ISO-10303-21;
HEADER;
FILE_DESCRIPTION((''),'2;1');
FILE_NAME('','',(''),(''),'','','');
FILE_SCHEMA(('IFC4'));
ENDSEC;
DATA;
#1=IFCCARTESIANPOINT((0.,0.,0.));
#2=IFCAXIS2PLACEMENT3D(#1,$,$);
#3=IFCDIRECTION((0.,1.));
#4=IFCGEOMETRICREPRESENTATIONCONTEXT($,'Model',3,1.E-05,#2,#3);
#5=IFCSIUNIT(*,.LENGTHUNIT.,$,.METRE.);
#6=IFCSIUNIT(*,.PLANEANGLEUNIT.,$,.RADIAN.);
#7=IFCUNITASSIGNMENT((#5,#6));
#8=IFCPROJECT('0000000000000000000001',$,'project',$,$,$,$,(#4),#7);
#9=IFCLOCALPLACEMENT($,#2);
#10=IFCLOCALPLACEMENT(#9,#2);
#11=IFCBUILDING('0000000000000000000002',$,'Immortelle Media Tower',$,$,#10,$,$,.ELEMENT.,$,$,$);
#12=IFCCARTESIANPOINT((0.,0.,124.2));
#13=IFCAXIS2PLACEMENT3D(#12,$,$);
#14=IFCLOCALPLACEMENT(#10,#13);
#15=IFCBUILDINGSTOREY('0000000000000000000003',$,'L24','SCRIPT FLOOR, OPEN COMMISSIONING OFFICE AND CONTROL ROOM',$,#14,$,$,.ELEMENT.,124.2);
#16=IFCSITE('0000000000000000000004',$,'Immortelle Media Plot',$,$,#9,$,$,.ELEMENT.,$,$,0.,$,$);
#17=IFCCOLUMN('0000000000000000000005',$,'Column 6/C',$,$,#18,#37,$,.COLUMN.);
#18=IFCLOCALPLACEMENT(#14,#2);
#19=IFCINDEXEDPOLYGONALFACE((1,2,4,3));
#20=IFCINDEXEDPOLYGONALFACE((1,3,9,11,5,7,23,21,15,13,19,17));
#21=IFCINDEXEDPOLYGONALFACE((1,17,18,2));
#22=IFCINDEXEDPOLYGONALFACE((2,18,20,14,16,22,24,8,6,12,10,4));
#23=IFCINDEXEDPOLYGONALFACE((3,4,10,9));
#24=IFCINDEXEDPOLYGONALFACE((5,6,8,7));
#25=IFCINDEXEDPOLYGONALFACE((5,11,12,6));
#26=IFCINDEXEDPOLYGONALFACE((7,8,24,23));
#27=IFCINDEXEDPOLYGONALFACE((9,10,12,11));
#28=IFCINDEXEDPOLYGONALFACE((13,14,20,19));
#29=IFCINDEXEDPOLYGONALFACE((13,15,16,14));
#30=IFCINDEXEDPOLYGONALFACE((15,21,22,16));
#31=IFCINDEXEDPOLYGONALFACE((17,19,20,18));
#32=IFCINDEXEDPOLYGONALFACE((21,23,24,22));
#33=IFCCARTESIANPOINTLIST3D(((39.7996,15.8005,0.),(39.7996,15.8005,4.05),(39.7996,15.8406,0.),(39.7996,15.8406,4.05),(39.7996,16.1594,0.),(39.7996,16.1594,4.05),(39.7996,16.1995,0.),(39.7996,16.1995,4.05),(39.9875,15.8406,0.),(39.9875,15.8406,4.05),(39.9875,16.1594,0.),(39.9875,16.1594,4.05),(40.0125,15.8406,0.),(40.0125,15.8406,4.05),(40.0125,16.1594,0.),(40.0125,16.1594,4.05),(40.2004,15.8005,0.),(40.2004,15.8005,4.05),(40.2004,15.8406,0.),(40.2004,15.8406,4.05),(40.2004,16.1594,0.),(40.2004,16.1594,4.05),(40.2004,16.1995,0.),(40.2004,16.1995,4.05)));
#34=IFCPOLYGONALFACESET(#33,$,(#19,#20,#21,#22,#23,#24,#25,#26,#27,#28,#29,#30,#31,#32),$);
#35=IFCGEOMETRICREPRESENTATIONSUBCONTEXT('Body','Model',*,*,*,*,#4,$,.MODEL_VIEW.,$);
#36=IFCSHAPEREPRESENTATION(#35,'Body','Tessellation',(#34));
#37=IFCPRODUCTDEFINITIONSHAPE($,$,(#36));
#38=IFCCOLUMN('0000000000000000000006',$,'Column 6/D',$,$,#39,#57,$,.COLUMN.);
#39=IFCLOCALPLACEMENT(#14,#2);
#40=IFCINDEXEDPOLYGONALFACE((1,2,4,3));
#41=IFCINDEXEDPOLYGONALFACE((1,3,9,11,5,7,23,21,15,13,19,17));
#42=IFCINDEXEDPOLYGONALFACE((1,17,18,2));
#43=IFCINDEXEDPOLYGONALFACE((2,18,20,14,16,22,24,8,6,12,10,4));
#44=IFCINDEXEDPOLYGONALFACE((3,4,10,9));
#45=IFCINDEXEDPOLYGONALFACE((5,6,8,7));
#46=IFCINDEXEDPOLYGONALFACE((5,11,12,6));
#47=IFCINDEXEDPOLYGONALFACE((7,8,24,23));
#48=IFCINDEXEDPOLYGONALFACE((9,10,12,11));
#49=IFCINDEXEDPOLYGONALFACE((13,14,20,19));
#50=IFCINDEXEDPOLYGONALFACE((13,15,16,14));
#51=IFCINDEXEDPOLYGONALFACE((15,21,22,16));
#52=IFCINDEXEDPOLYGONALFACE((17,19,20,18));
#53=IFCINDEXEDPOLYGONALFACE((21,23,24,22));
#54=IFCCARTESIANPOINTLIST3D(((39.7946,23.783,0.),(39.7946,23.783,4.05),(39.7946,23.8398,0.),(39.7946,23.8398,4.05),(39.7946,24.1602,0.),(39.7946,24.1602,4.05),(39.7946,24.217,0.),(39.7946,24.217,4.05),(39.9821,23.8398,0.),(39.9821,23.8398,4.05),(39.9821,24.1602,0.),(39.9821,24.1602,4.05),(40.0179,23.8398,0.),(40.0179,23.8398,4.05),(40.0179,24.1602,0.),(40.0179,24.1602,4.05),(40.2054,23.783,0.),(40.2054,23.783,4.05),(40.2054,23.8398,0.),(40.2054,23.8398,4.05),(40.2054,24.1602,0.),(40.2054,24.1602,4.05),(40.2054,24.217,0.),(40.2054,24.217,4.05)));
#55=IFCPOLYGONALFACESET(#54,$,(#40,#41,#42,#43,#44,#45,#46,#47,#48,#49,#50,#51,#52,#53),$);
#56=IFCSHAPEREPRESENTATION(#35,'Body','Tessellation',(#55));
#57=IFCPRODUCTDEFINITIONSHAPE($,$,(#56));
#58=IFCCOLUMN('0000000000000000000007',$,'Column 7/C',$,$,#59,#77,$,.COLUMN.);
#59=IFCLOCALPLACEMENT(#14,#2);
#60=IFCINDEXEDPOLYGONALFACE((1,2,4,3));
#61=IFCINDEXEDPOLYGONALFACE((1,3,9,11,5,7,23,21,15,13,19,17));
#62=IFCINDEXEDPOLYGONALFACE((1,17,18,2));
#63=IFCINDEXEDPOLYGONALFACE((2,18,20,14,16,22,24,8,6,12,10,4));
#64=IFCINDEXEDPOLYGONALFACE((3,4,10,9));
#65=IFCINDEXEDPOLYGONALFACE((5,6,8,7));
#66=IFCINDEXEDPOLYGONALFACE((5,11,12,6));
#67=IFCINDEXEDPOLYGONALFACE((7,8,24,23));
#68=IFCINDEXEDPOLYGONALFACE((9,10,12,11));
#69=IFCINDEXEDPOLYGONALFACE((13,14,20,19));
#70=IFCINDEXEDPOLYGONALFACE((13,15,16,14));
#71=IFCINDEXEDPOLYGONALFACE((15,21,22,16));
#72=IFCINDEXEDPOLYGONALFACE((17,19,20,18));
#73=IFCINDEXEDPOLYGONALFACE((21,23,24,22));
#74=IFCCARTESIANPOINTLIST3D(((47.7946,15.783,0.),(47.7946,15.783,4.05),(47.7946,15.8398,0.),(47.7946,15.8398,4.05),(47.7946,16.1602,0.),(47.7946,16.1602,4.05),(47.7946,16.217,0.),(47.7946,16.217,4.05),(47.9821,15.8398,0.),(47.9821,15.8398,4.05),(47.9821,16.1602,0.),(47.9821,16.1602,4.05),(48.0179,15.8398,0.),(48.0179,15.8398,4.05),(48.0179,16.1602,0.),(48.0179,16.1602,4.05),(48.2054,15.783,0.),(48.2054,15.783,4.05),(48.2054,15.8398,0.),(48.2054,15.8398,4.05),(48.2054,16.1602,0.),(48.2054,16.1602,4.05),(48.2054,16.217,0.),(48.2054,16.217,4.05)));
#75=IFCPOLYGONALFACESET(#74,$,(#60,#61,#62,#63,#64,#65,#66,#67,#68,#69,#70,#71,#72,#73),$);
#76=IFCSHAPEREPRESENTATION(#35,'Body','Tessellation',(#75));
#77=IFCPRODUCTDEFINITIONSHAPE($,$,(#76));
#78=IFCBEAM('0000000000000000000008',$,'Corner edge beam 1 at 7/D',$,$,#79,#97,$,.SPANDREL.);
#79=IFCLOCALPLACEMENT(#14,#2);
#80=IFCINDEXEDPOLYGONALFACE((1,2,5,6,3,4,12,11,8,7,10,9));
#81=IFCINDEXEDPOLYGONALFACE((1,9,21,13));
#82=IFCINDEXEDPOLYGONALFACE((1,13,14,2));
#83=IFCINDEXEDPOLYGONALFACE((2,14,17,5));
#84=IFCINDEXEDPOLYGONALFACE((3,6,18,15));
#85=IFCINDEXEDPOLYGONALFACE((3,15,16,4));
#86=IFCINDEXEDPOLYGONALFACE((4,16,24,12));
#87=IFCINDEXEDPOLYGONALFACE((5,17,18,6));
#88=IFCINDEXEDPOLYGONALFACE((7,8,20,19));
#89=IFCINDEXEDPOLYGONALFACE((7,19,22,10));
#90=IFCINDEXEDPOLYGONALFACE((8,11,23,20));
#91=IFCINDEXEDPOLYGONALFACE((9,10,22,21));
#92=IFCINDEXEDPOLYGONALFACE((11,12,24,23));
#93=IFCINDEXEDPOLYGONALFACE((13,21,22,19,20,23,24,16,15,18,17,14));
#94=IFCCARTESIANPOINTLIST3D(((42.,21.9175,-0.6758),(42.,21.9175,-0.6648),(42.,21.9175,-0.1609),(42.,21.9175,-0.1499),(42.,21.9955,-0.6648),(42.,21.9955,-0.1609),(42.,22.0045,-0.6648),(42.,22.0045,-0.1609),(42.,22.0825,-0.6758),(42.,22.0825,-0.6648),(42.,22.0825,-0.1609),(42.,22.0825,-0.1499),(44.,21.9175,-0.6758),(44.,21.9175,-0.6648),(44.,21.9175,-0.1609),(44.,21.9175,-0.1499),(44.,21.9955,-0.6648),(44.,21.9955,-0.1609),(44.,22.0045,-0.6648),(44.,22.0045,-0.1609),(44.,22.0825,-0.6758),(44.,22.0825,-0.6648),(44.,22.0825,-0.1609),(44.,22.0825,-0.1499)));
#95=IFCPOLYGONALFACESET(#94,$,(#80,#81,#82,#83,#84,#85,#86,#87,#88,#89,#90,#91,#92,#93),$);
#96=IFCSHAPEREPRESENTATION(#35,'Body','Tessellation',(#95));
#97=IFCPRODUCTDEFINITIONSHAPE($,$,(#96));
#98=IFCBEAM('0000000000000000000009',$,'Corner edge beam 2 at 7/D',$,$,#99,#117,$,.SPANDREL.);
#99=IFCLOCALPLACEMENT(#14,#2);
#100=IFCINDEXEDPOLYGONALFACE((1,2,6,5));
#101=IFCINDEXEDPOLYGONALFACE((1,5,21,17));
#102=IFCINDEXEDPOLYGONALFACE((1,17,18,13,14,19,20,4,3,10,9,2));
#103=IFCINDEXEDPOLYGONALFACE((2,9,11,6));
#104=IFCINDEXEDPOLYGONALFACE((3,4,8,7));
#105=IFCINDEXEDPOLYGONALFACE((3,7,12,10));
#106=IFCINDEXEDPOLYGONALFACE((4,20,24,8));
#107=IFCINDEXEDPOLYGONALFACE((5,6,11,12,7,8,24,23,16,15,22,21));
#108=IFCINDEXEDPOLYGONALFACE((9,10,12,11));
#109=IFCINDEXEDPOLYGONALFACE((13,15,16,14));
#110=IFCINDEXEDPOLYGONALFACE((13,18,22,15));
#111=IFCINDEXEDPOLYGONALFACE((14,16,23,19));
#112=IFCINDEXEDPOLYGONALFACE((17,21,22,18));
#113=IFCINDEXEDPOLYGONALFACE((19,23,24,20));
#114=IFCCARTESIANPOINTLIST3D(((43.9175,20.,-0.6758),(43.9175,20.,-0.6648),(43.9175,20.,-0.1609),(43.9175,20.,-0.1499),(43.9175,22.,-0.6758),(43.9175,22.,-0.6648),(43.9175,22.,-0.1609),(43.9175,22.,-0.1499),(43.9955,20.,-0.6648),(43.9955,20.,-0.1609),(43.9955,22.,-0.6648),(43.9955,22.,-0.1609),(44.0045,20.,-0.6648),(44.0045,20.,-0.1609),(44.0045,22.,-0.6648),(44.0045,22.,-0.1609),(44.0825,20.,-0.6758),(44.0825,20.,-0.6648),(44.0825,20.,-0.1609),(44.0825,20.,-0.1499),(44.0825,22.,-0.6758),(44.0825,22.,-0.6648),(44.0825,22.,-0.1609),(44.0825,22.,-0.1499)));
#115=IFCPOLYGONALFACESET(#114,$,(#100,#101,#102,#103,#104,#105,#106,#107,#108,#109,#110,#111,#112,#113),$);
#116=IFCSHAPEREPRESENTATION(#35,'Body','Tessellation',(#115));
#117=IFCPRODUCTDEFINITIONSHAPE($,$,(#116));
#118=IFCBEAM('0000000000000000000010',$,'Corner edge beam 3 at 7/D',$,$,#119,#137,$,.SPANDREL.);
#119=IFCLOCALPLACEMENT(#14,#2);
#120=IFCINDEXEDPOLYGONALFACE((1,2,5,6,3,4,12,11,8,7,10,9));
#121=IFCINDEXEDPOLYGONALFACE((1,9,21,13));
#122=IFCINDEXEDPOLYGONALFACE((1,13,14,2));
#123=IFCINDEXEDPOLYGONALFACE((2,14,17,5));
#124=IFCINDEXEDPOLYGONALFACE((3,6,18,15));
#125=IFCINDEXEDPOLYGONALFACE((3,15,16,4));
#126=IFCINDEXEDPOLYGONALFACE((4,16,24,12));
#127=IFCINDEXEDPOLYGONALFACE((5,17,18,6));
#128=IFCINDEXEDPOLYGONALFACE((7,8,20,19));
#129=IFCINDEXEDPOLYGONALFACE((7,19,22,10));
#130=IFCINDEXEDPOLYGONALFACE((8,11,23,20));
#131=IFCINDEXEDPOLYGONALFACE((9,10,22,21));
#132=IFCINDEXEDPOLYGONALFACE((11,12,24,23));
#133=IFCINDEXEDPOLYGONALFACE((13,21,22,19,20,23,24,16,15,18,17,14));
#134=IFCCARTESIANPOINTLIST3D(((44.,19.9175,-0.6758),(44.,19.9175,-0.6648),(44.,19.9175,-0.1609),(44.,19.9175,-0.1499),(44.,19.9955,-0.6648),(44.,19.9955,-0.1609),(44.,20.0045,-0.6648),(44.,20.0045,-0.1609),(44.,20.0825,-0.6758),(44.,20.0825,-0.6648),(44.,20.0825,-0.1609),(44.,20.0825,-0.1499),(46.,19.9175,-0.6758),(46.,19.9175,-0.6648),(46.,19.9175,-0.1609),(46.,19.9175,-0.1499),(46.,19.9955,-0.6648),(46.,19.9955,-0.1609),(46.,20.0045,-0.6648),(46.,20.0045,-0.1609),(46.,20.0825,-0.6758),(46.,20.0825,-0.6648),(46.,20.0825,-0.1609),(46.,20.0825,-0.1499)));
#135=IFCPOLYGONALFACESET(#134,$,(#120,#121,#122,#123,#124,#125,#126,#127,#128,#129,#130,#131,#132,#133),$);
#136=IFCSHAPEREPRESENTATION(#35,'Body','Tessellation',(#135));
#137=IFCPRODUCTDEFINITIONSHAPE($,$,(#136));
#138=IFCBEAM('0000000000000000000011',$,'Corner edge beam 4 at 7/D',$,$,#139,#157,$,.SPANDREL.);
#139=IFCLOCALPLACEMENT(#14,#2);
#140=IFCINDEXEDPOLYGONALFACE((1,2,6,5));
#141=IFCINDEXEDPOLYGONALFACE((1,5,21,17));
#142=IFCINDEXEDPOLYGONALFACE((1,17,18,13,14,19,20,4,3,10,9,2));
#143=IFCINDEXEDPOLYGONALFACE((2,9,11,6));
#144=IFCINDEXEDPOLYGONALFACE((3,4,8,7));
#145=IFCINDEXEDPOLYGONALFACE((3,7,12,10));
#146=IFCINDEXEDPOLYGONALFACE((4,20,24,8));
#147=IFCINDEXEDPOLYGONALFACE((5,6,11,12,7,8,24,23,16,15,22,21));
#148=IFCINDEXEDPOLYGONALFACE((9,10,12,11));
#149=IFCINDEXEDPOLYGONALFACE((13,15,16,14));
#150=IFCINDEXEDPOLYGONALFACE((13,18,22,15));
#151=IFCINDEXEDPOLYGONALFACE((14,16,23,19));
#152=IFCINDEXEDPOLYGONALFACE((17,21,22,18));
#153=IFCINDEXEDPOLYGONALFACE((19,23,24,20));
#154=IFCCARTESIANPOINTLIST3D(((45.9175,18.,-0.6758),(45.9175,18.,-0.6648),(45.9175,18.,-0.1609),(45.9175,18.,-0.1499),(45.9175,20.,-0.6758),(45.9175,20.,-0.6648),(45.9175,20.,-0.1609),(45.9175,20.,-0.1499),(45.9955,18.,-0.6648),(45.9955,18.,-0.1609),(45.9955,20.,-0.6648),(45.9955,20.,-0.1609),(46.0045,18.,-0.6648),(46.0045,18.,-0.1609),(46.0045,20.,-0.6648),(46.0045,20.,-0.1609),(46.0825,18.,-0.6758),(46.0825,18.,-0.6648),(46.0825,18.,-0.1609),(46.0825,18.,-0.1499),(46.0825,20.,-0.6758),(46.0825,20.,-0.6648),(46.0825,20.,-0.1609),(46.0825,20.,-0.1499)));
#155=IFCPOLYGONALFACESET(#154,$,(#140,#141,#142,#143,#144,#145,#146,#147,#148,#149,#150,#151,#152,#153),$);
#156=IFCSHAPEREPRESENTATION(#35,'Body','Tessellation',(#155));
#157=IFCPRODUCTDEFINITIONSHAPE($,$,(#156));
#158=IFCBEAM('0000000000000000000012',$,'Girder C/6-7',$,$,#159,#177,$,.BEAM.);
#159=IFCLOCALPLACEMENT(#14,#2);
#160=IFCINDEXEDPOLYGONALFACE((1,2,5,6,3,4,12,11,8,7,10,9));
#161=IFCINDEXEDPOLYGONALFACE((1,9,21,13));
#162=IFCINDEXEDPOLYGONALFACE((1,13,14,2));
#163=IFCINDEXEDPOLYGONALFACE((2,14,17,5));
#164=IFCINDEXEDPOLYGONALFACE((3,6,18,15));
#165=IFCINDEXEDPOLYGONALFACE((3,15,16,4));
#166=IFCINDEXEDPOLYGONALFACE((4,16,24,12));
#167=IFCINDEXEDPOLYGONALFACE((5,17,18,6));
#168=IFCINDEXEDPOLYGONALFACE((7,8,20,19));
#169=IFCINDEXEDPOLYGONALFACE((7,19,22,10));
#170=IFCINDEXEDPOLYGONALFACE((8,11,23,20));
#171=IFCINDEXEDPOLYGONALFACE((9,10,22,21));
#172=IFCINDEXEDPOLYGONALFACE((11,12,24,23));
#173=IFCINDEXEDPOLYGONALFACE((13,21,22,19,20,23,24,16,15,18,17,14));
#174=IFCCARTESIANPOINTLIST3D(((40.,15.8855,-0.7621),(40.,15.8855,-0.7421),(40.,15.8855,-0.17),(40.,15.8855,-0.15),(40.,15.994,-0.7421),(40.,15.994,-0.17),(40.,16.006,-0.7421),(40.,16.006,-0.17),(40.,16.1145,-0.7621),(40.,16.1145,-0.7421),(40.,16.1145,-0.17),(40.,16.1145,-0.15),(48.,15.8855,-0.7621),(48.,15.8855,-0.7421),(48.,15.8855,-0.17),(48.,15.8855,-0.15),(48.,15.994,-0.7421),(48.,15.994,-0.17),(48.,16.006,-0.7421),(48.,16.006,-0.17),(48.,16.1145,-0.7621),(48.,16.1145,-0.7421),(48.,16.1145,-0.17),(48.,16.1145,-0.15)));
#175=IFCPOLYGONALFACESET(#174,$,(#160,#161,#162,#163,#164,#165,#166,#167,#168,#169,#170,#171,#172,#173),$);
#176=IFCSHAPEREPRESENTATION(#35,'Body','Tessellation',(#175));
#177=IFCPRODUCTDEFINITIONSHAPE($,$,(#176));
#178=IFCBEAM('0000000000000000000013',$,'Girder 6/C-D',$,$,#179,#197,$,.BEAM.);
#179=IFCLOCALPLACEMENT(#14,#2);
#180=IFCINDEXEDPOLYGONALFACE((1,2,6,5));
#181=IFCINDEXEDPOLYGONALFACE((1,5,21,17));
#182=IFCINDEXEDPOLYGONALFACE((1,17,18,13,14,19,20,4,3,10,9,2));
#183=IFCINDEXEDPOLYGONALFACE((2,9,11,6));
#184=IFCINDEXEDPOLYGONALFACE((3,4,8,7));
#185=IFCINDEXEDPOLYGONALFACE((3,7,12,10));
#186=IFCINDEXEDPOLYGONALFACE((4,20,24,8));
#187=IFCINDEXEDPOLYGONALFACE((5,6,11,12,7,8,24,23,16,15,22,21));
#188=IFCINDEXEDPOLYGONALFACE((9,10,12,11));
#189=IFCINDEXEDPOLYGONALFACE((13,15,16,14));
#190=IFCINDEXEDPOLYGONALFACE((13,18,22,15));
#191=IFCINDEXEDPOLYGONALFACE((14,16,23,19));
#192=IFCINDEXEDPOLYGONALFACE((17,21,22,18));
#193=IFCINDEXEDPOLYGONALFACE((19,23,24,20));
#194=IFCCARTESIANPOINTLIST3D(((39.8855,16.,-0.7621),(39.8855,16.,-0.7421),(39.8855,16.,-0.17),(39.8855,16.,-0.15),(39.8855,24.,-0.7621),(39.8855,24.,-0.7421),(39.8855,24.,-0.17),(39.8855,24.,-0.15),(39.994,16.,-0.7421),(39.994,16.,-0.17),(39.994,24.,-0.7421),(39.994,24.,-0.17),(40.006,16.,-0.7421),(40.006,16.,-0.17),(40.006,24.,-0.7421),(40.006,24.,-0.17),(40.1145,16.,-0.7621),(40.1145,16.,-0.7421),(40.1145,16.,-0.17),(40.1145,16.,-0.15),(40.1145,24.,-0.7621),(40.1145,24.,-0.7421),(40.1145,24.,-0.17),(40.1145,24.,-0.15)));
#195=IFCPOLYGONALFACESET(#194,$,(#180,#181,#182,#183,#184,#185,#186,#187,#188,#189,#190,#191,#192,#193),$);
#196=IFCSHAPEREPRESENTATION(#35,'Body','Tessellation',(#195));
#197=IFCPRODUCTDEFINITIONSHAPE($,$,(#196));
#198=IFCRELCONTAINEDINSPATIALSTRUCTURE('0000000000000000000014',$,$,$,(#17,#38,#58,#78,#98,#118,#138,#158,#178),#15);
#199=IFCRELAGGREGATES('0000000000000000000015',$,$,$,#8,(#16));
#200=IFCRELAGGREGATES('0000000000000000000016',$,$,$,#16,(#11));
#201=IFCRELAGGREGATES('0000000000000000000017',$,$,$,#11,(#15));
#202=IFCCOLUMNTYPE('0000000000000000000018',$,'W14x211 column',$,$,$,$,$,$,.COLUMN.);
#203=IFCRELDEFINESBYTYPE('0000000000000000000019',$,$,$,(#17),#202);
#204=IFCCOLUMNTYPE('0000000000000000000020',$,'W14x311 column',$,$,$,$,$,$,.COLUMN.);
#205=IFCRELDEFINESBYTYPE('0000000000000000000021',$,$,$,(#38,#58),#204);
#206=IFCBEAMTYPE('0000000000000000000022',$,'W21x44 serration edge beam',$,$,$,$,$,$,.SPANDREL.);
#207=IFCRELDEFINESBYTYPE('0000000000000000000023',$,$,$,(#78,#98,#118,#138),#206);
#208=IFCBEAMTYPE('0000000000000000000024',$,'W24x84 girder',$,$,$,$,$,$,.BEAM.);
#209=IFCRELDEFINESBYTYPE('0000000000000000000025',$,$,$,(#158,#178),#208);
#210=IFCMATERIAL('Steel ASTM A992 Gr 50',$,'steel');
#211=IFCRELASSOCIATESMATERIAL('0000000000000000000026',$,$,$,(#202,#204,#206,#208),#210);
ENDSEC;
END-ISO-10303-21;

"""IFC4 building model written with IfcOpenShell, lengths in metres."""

from ifc_helpers import new_model, si_unit, direction, frame, origin, origin_2d, place, context, subcontext, project, spatial, i_section, extrude, material, material_profile, profile_set, type_object, element, save


model = new_model("IFC4")

# Units and contexts
model_context = context("Model", 3, precision=1e-05, world=origin(), true_north=direction((0.0, 1.0)))
body_context = subcontext(model_context, "Body", "Model", "MODEL_VIEW")
ifc_project = project(units=[si_unit("LENGTHUNIT", "METRE"), si_unit("PLANEANGLEUNIT", "RADIAN")], contexts=[model_context])

# Site, building, storey
site_placement = place(None, origin())
site = spatial("IfcSite", under=ifc_project, at=site_placement, Name="Immortelle Media Plot", CompositionType="ELEMENT", RefElevation=0.0)
building_placement = place(site_placement, origin())
building = spatial("IfcBuilding", under=site, at=building_placement, Name="Immortelle Media Tower", CompositionType="ELEMENT")
storey_placement = place(building_placement, frame((0.0, 0.0, 124.2)))
storey = spatial("IfcBuildingStorey", under=building, at=storey_placement, Name="L24", Description="SCRIPT FLOOR, OPEN COMMISSIONING OFFICE AND CONTROL ROOM", CompositionType="ELEMENT", Elevation=124.2)

# Columns
ifc_material_1 = material(Name="Steel ASTM A992 Gr 50", Category="steel")
ifc_material_profile_1 = material_profile(ifc_material_1, i_section(OverallWidth=0.4009, OverallDepth=0.3989, WebThickness=0.0249, FlangeThickness=0.04, at=origin_2d()), Name="W14x211")
ifc_profile_set_1 = profile_set([ifc_material_profile_1], Name="Steel ASTM A992 Gr 50")
column_type_1 = type_object("IfcColumnType", Name="W14x211 column", PredefinedType="COLUMN", material=ifc_profile_set_1)
column_placement = place(storey_placement, frame((40.0, 16.0, 0.0), z_axis=(0.0, 0.0, 1.0), x_axis=(1.0, 0.0, 0.0)))
element("IfcColumn", 1, at=column_placement, inside=storey, type_object=column_type_1, Name="Column 6/C", PredefinedType="COLUMN", context=body_context, shape_type="SweptSolid", body=[
    extrude(i_section(OverallWidth=0.4009, OverallDepth=0.3989, WebThickness=0.0249, FlangeThickness=0.04, at=origin_2d()), origin(), (0.0, 0.0, 1.0), 4.05),
])
ifc_material_profile_2 = material_profile(ifc_material_1, i_section(OverallWidth=0.4109, OverallDepth=0.4341, WebThickness=0.0359, FlangeThickness=0.0569, at=origin_2d()), Name="W14x311")
ifc_profile_set_2 = profile_set([ifc_material_profile_2], Name="Steel ASTM A992 Gr 50")
column_type_2 = type_object("IfcColumnType", Name="W14x311 column", PredefinedType="COLUMN", material=ifc_profile_set_2)
for number, where, z_axis, x_axis, name in (
    (2, (40.0, 24.0, 0.0), (0.0, 0.0, 1.0), (1.0, 0.0, 0.0), "Column 6/D"),
    (3, (48.0, 16.0, 0.0), (0.0, 0.0, 1.0), (1.0, 0.0, 0.0), "Column 7/C"),
):
    element("IfcColumn", number, at=place(storey_placement, frame(where, z_axis=z_axis, x_axis=x_axis)), inside=storey, type_object=column_type_2, Name=name, PredefinedType="COLUMN", context=body_context, shape_type="SweptSolid", body=[
        extrude(i_section(OverallWidth=0.4109, OverallDepth=0.4341, WebThickness=0.0359, FlangeThickness=0.0569, at=origin_2d()), origin(), (0.0, 0.0, 1.0), 4.05),
    ])

# Beams
ifc_material_profile_3 = material_profile(ifc_material_1, i_section(OverallWidth=0.165, OverallDepth=0.5259, WebThickness=0.009, FlangeThickness=0.011, at=origin_2d()), Name="W21x44")
ifc_profile_set_3 = profile_set([ifc_material_profile_3], Name="Steel ASTM A992 Gr 50")
beam_type_1 = type_object("IfcBeamType", Name="W21x44 serration edge beam", PredefinedType="SPANDREL", material=ifc_profile_set_3)
for number, where, z_axis, x_axis, name in (
    (4, (42.0, 22.0, -0.4128), (1.0, 0.0, 0.0), (0.0, 1.0, 0.0), "Corner edge beam 1 at 7/D"),
    (5, (44.0, 22.0, -0.4128), (0.0, -1.0, 0.0), (1.0, 0.0, 0.0), "Corner edge beam 2 at 7/D"),
    (6, (44.0, 20.0, -0.4128), (1.0, 0.0, 0.0), (0.0, 1.0, 0.0), "Corner edge beam 3 at 7/D"),
    (7, (46.0, 20.0, -0.4128), (0.0, -1.0, 0.0), (1.0, 0.0, 0.0), "Corner edge beam 4 at 7/D"),
):
    element("IfcBeam", number, at=place(storey_placement, frame(where, z_axis=z_axis, x_axis=x_axis)), inside=storey, type_object=beam_type_1, Name=name, PredefinedType="SPANDREL", context=body_context, shape_type="SweptSolid", body=[
        extrude(i_section(OverallWidth=0.165, OverallDepth=0.5259, WebThickness=0.009, FlangeThickness=0.011, at=origin_2d()), origin(), (0.0, 0.0, 1.0), 2.0),
    ])
ifc_material_profile_4 = material_profile(ifc_material_1, i_section(OverallWidth=0.229, OverallDepth=0.6121, WebThickness=0.012, FlangeThickness=0.02, at=origin_2d()), Name="W24x84")
ifc_profile_set_4 = profile_set([ifc_material_profile_4], Name="Steel ASTM A992 Gr 50")
beam_type_2 = type_object("IfcBeamType", Name="W24x84 girder", PredefinedType="BEAM", material=ifc_profile_set_4)
for number, where, z_axis, x_axis, name in (
    (8, (40.0, 16.0, -0.4561), (1.0, 0.0, 0.0), (0.0, 1.0, 0.0), "Girder C/6-7"),
    (9, (40.0, 16.0, -0.4561), (0.0, 1.0, 0.0), (-1.0, 0.0, 0.0), "Girder 6/C-D"),
):
    element("IfcBeam", number, at=place(storey_placement, frame(where, z_axis=z_axis, x_axis=x_axis)), inside=storey, type_object=beam_type_2, Name=name, PredefinedType="BEAM", context=body_context, shape_type="SweptSolid", body=[
        extrude(i_section(OverallWidth=0.229, OverallDepth=0.6121, WebThickness=0.012, FlangeThickness=0.02, at=origin_2d()), origin(), (0.0, 0.0, 1.0), 8.0),
    ])

save(model, "model.ifc")
